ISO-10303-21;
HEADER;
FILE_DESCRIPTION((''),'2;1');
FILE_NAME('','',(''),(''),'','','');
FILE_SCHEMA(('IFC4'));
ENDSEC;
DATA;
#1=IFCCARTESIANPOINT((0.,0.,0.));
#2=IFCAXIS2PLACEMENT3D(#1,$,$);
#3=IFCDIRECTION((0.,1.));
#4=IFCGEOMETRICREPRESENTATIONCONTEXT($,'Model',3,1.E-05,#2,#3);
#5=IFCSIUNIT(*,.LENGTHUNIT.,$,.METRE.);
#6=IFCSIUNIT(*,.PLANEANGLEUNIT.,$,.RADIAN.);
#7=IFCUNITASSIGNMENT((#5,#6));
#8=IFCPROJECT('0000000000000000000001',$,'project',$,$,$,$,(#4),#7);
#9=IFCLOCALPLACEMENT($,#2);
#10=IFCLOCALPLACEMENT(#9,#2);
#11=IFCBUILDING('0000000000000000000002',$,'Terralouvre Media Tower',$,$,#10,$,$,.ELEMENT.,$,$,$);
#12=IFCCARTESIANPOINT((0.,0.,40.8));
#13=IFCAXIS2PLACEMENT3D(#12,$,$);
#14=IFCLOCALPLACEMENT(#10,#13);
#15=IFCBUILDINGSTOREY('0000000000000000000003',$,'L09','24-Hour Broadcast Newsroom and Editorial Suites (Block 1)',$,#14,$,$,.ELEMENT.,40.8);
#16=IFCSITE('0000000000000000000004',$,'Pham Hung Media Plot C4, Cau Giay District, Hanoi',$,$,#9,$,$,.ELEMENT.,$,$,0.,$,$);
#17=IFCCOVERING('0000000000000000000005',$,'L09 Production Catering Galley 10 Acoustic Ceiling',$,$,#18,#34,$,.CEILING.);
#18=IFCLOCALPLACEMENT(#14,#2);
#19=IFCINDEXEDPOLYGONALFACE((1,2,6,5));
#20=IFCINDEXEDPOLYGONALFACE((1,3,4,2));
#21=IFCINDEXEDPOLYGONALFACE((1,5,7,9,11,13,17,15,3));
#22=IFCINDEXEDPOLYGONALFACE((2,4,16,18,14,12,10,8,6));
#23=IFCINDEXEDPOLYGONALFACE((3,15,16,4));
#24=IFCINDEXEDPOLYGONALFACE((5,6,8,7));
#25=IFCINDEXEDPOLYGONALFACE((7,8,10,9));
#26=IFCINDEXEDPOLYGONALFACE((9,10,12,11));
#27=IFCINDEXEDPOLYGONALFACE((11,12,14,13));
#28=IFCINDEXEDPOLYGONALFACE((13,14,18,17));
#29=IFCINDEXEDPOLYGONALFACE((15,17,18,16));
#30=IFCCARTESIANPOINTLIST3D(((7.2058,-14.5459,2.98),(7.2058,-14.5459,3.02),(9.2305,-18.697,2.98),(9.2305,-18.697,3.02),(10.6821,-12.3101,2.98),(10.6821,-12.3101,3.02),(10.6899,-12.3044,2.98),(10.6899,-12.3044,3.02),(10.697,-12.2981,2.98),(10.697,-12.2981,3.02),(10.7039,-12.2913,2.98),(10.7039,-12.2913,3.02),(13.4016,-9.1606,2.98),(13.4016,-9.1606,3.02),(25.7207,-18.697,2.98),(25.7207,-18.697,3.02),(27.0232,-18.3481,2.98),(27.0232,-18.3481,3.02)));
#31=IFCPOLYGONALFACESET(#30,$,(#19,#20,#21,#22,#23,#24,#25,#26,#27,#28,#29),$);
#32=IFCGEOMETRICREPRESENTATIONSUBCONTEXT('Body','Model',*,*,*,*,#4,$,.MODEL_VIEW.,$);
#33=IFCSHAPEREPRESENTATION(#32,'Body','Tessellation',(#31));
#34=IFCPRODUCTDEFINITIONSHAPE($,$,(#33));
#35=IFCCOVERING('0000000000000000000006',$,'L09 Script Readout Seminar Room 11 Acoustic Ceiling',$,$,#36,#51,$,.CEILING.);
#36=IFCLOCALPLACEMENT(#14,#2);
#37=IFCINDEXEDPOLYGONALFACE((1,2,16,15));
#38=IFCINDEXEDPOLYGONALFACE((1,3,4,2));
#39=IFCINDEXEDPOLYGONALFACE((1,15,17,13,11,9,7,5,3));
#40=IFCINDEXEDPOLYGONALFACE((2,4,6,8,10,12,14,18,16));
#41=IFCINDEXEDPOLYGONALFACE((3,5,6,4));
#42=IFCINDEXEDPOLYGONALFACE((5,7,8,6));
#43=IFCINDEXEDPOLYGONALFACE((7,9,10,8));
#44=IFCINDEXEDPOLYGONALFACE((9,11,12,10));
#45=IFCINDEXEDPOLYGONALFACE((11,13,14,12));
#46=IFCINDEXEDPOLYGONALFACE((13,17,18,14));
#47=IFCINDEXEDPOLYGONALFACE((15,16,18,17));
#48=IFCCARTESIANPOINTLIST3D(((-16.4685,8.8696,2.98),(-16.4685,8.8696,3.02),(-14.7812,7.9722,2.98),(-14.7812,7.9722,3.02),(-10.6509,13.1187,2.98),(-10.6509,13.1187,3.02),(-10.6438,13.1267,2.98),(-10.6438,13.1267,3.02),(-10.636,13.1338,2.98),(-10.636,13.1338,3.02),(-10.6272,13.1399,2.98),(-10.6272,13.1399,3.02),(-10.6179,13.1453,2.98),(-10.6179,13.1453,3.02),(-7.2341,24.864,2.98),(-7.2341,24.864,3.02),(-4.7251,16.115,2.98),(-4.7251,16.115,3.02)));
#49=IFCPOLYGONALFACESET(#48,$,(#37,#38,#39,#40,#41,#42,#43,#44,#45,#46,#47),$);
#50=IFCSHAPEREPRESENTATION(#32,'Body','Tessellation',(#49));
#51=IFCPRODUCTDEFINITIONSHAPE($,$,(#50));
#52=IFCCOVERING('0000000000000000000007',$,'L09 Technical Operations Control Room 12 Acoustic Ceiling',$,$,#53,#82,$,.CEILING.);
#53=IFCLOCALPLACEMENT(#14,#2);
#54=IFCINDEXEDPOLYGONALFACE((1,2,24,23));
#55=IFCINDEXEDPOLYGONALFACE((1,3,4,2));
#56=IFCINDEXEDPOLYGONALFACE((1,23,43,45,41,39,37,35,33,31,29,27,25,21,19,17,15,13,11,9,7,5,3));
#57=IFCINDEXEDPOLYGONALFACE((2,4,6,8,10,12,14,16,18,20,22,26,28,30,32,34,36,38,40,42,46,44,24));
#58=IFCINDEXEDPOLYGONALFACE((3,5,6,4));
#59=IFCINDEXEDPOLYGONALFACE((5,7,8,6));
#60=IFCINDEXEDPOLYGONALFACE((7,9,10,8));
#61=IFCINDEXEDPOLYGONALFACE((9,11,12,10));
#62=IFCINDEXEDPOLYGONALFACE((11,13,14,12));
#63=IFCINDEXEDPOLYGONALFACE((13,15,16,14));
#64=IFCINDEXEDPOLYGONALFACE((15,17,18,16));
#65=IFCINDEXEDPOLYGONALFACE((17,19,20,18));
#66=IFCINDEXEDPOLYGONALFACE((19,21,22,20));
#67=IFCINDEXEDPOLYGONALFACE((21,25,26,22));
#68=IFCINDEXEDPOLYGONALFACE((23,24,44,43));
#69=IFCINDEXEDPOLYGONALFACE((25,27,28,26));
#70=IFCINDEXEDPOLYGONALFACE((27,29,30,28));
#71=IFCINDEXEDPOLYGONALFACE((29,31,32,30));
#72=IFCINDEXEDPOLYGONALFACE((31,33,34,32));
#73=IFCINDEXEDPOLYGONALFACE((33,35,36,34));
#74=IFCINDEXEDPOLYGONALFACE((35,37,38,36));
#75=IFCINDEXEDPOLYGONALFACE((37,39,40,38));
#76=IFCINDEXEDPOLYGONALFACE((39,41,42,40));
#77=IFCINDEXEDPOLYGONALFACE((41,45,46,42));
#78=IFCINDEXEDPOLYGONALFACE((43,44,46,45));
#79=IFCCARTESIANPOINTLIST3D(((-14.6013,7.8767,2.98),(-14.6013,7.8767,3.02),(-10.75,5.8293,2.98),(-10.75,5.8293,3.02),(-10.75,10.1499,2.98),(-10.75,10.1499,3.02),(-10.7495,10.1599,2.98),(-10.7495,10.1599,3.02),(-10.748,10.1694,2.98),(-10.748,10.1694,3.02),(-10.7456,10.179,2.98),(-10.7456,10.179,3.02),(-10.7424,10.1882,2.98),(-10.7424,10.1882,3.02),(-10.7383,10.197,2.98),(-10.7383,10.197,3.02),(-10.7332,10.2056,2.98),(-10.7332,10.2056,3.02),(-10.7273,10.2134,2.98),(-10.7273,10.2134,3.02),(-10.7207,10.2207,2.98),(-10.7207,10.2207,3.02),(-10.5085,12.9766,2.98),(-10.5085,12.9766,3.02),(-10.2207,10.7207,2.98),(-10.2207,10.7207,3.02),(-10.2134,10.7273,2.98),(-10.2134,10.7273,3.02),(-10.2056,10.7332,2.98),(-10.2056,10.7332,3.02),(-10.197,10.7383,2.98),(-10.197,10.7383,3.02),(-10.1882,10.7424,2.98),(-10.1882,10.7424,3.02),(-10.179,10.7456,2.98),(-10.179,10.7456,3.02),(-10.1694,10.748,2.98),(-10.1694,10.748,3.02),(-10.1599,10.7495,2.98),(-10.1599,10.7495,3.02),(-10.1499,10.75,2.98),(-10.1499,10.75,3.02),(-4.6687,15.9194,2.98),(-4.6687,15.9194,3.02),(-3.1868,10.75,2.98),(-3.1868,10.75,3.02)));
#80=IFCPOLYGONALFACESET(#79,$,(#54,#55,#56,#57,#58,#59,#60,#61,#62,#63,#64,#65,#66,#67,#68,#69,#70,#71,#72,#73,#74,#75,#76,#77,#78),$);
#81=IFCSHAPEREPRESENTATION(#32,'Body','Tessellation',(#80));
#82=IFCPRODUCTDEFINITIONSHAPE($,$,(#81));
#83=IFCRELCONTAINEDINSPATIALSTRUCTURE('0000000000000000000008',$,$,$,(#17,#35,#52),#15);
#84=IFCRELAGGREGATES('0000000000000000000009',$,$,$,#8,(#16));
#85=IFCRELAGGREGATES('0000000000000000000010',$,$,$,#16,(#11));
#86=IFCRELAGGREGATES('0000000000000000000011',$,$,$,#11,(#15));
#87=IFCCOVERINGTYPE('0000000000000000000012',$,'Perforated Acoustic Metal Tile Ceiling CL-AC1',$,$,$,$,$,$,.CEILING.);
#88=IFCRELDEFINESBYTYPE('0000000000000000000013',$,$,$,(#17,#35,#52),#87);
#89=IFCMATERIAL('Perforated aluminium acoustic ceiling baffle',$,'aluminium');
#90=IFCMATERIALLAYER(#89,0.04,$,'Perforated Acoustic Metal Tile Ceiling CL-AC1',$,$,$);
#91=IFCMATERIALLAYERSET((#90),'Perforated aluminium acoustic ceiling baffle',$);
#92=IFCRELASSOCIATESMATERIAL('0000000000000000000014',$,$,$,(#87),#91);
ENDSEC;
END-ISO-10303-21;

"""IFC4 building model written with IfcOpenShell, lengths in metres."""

from ifc_helpers import new_model, si_unit, direction, frame, origin, place, context, subcontext, project, spatial, polyline, outline, extrude, material, layer, layer_set, type_object, element, save


model = new_model("IFC4")

# Units and contexts
model_context = context("Model", 3, precision=1e-05, world=origin(), true_north=direction((0.0, 1.0)))
body_context = subcontext(model_context, "Body", "Model", "MODEL_VIEW")
ifc_project = project(units=[si_unit("LENGTHUNIT", "METRE"), si_unit("PLANEANGLEUNIT", "RADIAN")], contexts=[model_context])

# Site, building, storey
site_placement = place(None, origin())
site = spatial("IfcSite", under=ifc_project, at=site_placement, Name="Pham Hung Media Plot C4, Cau Giay District, Hanoi", CompositionType="ELEMENT", RefElevation=0.0)
building_placement = place(site_placement, origin())
building = spatial("IfcBuilding", under=site, at=building_placement, Name="Terralouvre Media Tower", CompositionType="ELEMENT")
storey_placement = place(building_placement, frame((0.0, 0.0, 40.8)))
storey = spatial("IfcBuildingStorey", under=building, at=storey_placement, Name="L09", Description="24-Hour Broadcast Newsroom and Editorial Suites (Block 1)", CompositionType="ELEMENT", Elevation=40.8)

# Coverings
ifc_material_1 = material(Name="Perforated aluminium acoustic ceiling baffle", Category="aluminium")
ifc_layer_1 = layer(ifc_material_1, 0.04, Name="Perforated Acoustic Metal Tile Ceiling CL-AC1")
ifc_layer_set_1 = layer_set([ifc_layer_1], Name="Perforated aluminium acoustic ceiling baffle")
covering_type_1 = type_object("IfcCoveringType", Name="Perforated Acoustic Metal Tile Ceiling CL-AC1", PredefinedType="CEILING", material=ifc_layer_set_1)
covering_1_placement = place(storey_placement, frame((0.0, 0.0, 2.98)))
element("IfcCovering", 1, at=covering_1_placement, inside=storey, type_object=covering_type_1, Name="L09 Production Catering Galley 10 Acoustic Ceiling", PredefinedType="CEILING", context=body_context, shape_type="SweptSolid", body=[
    extrude(outline(polyline([(10.7039, -12.2913), (10.697, -12.2981), (10.6899, -12.3044), (10.6821, -12.3101), (7.2058, -14.5459), (9.2305, -18.697), (25.7207, -18.697), (27.0232, -18.3481), (13.4016, -9.1606), (10.7039, -12.2913)])), origin(), (0.0, 0.0, 1.0), 0.04),
])
covering_2_placement = place(storey_placement, frame((0.0, 0.0, 2.98)))
element("IfcCovering", 2, at=covering_2_placement, inside=storey, type_object=covering_type_1, Name="L09 Script Readout Seminar Room 11 Acoustic Ceiling", PredefinedType="CEILING", context=body_context, shape_type="SweptSolid", body=[
    extrude(outline(polyline([(-10.6509, 13.1187), (-10.6438, 13.1267), (-10.636, 13.1338), (-10.6272, 13.1399), (-10.6179, 13.1453), (-4.7251, 16.115), (-7.2341, 24.864), (-16.4685, 8.8696), (-14.7812, 7.9722), (-10.6509, 13.1187)])), origin(), (0.0, 0.0, 1.0), 0.04),
])
covering_3_placement = place(storey_placement, frame((0.0, 0.0, 2.98)))
element("IfcCovering", 3, at=covering_3_placement, inside=storey, type_object=covering_type_1, Name="L09 Technical Operations Control Room 12 Acoustic Ceiling", PredefinedType="CEILING", context=body_context, shape_type="SweptSolid", body=[
    extrude(outline(polyline([(-10.5085, 12.9766), (-14.6013, 7.8767), (-10.75, 5.8293), (-10.75, 10.1499), (-10.7495, 10.1599), (-10.748, 10.1694), (-10.7456, 10.179), (-10.7424, 10.1882), (-10.7383, 10.197), (-10.7332, 10.2056), (-10.7273, 10.2134), (-10.7207, 10.2207), (-10.2207, 10.7207), (-10.2134, 10.7273), (-10.2056, 10.7332), (-10.197, 10.7383), (-10.1882, 10.7424), (-10.179, 10.7456), (-10.1694, 10.748), (-10.1599, 10.7495), (-10.1499, 10.75), (-3.1868, 10.75), (-4.6687, 15.9194), (-10.5085, 12.9766)])), origin(), (0.0, 0.0, 1.0), 0.04),
])

save(model, "model.ifc")
